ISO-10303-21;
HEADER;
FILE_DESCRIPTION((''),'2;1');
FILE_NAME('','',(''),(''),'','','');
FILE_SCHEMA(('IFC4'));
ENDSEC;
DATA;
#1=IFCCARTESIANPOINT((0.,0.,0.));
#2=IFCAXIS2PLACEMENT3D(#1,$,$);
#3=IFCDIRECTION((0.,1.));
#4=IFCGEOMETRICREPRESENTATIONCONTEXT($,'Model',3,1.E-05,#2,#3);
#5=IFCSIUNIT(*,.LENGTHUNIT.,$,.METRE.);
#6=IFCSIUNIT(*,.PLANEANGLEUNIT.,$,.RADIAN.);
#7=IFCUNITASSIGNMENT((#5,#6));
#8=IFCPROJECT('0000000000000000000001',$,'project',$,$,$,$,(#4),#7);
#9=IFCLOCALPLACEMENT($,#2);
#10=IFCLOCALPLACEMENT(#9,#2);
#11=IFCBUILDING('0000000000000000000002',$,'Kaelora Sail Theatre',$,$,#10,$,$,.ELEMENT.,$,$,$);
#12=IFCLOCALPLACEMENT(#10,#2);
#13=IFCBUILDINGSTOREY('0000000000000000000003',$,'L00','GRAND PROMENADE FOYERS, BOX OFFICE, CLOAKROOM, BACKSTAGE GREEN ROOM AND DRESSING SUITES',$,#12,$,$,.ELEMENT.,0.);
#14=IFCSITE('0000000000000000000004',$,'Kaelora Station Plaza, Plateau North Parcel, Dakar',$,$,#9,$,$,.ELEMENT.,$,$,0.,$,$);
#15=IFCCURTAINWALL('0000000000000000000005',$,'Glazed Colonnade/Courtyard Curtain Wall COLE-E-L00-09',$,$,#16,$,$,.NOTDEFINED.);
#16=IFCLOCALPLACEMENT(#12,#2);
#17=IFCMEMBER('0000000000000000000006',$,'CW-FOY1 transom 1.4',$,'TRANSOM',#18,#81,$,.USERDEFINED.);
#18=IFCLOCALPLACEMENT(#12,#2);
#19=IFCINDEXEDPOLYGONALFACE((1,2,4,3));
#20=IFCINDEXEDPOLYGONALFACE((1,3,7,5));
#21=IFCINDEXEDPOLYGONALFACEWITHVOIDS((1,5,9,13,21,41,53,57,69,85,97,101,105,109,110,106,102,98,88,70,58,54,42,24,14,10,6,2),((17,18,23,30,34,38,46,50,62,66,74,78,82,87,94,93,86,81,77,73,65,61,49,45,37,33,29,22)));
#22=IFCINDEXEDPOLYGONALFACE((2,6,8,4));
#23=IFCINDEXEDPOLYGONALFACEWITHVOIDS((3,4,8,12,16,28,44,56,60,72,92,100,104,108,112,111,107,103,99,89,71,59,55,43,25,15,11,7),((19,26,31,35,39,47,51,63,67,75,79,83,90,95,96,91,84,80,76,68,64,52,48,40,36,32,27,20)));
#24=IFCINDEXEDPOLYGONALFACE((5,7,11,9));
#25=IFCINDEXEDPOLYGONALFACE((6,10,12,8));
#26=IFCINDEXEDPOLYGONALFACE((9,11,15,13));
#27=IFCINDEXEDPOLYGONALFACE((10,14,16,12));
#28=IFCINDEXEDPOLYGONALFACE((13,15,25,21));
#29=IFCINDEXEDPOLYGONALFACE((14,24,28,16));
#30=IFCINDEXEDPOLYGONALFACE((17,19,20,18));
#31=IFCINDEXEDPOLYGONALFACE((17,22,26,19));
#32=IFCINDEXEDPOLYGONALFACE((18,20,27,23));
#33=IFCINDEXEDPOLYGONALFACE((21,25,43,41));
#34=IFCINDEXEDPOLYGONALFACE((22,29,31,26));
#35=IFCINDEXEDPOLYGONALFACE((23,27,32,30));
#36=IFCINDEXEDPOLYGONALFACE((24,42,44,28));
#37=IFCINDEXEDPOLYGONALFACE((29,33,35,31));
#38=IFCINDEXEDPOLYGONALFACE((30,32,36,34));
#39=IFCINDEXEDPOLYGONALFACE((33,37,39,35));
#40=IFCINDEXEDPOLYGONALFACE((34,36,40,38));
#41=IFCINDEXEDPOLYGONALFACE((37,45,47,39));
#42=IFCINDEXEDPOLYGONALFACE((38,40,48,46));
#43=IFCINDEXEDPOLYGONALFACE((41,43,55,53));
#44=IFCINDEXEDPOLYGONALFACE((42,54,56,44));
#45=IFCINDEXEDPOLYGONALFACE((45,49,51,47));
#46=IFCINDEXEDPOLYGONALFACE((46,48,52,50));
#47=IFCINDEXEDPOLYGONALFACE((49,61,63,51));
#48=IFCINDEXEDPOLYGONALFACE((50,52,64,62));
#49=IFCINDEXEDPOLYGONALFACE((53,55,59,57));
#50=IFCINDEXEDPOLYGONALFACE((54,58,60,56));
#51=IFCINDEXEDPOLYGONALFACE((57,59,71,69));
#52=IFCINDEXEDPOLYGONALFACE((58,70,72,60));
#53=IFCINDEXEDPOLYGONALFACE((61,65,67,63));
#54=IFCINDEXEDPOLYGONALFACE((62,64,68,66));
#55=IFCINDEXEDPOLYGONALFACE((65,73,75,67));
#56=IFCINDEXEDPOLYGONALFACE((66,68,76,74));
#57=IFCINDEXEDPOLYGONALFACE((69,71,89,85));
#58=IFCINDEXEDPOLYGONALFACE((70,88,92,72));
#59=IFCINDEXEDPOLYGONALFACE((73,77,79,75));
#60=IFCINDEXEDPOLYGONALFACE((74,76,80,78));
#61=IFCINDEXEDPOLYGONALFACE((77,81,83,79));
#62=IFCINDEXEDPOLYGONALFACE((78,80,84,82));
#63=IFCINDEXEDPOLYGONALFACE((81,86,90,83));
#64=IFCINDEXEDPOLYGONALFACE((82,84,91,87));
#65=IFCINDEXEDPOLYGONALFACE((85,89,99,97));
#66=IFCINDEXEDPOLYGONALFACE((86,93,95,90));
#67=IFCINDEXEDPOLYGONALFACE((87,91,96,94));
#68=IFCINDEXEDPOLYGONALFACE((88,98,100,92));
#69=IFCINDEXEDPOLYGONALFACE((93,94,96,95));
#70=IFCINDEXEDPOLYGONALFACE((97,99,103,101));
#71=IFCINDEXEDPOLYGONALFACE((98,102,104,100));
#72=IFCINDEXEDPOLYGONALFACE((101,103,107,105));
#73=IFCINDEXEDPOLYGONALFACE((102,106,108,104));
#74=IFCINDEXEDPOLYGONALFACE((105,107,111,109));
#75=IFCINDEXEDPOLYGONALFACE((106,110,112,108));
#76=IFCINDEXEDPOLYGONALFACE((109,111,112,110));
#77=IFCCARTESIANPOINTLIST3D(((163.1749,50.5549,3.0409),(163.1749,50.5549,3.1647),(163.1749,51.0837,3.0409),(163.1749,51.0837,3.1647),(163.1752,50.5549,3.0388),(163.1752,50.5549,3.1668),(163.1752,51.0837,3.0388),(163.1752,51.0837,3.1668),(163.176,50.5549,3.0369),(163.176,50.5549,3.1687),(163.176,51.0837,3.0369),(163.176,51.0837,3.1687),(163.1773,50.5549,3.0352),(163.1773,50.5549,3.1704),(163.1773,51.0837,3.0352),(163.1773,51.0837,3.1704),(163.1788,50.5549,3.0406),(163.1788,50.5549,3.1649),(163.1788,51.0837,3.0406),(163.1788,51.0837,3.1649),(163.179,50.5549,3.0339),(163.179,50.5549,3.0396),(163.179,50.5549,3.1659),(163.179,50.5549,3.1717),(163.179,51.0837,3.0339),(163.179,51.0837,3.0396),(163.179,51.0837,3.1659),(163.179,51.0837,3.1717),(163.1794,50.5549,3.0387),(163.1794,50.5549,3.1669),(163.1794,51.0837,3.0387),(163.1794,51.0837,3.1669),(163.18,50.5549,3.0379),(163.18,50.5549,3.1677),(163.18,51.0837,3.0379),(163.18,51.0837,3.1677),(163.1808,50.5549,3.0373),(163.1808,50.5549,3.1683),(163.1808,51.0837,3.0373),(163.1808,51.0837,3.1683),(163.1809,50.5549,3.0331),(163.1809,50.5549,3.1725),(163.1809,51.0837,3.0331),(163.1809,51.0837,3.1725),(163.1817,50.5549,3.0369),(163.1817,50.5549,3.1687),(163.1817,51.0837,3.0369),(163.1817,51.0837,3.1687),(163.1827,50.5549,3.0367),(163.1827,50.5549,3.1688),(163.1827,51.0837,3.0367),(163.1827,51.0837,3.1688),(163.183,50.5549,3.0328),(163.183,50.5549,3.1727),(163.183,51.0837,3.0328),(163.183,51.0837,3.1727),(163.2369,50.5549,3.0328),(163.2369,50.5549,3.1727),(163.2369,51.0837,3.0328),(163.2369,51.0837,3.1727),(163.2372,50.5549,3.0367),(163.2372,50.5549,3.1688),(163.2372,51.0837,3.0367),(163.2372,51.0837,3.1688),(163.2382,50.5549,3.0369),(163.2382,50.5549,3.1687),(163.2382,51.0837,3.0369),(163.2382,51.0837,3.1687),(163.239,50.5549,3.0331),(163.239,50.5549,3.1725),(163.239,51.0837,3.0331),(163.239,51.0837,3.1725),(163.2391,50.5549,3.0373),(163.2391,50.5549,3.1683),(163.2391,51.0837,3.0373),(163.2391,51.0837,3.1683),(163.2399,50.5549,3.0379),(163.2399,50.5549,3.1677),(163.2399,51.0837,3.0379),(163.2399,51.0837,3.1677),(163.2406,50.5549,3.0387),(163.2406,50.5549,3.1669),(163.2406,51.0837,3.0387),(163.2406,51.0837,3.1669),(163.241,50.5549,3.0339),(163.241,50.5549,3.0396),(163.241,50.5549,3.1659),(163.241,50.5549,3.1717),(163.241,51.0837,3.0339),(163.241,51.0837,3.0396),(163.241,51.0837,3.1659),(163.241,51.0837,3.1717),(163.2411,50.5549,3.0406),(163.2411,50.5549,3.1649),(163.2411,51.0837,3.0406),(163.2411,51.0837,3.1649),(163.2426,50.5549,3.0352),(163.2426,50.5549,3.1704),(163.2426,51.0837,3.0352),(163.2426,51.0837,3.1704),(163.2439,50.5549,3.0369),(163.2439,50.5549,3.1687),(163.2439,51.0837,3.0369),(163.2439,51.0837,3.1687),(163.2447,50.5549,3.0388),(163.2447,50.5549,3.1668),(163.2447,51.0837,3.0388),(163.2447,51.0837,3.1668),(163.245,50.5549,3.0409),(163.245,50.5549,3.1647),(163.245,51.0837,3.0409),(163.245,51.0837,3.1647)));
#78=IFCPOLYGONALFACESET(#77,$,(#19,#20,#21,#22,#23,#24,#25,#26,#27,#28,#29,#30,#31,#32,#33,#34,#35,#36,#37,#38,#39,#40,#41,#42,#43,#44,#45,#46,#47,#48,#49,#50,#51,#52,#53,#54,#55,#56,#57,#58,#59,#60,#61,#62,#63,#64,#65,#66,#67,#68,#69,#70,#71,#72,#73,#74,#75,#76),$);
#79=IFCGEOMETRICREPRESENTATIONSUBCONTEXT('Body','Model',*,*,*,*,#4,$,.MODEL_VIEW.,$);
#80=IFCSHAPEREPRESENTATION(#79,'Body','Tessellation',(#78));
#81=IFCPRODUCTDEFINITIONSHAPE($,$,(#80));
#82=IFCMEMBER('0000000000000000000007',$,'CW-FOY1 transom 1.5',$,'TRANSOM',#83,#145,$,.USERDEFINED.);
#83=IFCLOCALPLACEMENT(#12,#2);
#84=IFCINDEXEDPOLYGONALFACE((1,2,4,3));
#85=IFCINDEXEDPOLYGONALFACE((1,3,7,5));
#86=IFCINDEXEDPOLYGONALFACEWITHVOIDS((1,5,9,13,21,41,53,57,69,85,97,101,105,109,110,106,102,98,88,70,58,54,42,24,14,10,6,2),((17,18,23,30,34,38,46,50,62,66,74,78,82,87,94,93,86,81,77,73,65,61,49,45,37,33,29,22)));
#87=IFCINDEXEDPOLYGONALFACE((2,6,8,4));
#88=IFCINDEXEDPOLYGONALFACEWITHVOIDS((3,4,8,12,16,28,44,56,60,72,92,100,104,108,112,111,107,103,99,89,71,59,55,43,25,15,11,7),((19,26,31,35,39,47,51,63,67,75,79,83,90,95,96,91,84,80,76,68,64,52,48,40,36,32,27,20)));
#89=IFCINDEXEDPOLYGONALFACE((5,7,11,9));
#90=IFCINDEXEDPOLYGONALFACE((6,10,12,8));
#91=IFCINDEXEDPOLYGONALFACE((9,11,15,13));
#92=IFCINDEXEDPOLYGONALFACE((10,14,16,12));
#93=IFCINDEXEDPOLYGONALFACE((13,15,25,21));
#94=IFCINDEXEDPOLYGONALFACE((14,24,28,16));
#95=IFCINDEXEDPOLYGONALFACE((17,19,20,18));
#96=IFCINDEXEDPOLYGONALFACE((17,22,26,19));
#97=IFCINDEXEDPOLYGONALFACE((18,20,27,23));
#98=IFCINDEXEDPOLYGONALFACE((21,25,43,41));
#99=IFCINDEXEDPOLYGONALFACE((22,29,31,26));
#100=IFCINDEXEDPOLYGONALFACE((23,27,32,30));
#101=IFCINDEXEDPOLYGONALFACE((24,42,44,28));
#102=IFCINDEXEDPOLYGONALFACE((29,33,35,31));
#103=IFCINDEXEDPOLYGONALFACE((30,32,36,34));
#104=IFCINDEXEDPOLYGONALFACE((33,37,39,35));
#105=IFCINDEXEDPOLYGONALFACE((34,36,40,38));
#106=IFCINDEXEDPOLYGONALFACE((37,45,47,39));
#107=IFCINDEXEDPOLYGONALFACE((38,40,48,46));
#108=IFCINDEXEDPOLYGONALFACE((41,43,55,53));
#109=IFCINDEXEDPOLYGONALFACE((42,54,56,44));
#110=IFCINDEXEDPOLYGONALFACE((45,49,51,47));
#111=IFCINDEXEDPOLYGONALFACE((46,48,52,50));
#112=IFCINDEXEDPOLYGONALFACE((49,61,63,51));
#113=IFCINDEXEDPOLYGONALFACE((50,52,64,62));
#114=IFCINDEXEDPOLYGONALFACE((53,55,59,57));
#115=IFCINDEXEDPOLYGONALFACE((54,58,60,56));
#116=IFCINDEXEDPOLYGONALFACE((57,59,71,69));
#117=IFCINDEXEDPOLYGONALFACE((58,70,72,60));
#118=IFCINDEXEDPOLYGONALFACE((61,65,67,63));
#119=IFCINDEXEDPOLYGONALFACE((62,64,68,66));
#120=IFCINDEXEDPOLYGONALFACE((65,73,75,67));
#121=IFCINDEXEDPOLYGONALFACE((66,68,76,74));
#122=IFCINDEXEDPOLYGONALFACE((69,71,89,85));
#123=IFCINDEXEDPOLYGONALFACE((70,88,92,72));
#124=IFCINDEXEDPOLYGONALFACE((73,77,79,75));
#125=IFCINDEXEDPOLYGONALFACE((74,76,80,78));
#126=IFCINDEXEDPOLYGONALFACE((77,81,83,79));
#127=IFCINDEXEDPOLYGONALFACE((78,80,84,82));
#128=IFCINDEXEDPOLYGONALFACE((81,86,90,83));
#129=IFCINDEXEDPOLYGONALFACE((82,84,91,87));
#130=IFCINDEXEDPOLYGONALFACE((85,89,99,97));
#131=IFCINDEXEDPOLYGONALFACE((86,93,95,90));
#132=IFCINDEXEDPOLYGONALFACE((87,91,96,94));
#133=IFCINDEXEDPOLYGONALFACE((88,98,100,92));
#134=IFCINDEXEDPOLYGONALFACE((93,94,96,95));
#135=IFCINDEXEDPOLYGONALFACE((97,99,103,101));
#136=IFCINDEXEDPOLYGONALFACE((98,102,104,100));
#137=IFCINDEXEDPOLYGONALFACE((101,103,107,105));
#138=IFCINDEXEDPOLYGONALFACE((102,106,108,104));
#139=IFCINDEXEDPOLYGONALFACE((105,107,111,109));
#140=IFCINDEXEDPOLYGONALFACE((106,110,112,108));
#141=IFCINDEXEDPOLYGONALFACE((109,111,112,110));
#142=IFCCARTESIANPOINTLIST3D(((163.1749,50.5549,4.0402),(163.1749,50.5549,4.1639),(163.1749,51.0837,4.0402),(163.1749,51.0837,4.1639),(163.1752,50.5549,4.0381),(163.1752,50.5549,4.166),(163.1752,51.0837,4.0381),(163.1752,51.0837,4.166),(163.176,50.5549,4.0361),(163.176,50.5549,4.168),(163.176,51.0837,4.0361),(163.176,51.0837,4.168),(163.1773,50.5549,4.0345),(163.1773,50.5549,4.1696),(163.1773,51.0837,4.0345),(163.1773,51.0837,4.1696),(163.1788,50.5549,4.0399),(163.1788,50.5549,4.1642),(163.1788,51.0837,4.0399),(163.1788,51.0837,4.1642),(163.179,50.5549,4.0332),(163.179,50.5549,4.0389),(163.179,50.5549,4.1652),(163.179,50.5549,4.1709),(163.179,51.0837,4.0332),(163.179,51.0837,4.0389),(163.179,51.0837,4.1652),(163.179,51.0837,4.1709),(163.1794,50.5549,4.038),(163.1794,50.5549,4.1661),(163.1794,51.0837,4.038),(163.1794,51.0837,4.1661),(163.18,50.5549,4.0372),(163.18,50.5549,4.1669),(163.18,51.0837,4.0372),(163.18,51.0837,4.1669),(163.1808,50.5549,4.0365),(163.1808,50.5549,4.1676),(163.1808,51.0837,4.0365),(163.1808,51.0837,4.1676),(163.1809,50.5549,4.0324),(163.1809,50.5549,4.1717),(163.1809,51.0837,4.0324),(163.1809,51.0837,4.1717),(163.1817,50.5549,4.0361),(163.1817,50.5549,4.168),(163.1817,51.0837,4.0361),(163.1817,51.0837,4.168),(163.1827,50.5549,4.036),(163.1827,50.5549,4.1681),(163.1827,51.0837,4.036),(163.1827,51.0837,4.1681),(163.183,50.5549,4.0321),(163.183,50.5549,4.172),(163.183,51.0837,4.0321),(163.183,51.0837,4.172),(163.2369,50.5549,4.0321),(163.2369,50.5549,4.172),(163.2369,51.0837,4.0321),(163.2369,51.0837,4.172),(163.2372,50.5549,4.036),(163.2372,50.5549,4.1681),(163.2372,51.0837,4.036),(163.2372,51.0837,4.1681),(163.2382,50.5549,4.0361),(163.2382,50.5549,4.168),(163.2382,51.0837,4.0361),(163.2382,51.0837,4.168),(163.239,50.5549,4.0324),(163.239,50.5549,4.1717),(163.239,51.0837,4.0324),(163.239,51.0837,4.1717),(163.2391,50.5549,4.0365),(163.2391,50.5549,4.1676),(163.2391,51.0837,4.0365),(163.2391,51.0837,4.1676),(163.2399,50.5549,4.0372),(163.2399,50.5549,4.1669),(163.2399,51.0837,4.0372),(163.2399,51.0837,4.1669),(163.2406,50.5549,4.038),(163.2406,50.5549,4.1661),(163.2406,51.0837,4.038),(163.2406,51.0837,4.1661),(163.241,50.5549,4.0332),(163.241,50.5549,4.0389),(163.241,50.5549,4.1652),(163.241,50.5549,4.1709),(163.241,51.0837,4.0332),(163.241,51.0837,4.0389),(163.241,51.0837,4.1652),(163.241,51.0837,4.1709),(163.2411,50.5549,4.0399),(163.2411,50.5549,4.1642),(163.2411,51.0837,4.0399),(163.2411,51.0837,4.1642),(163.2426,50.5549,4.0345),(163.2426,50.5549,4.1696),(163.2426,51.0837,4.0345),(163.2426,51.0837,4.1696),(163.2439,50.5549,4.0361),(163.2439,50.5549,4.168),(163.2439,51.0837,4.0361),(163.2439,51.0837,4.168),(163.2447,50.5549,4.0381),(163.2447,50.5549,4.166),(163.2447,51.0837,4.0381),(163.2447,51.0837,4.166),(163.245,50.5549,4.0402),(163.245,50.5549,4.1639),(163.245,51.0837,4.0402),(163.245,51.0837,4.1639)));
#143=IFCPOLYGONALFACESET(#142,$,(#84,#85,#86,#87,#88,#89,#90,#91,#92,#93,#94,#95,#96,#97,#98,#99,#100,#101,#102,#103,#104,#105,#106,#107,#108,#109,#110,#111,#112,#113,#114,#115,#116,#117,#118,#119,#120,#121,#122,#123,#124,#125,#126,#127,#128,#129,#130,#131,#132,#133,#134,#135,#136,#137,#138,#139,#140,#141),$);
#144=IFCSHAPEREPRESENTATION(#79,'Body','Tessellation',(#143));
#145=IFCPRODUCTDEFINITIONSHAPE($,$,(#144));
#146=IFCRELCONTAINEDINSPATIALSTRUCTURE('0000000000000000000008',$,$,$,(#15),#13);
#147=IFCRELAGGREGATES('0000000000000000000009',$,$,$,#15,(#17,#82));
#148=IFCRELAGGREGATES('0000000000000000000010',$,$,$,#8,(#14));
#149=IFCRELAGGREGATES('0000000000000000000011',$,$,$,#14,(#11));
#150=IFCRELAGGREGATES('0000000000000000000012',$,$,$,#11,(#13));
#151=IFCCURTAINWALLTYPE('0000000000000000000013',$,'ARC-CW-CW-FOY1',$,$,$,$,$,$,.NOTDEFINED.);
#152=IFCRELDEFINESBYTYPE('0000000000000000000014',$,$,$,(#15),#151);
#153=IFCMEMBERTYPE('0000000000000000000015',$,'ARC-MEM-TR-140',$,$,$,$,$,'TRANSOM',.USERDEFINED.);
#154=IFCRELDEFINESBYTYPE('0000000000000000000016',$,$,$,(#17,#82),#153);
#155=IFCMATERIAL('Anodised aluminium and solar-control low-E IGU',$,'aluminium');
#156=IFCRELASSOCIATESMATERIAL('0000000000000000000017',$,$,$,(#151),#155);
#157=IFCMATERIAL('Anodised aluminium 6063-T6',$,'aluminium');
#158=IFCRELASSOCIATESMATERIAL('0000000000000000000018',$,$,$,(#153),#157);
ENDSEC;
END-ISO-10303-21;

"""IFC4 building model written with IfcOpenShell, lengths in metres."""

from ifc_helpers import new_model, si_unit, direction, frame, origin, origin_2d, place, context, subcontext, project, spatial, hollow_rectangle, extrude, material, material_profile, profile_set, type_object, element, aggregate, save


model = new_model("IFC4")

# Units and contexts
model_context = context("Model", 3, precision=1e-05, world=origin(), true_north=direction((0.0, 1.0)))
body_context = subcontext(model_context, "Body", "Model", "MODEL_VIEW")
ifc_project = project(units=[si_unit("LENGTHUNIT", "METRE"), si_unit("PLANEANGLEUNIT", "RADIAN")], contexts=[model_context])

# Site, building, storey
site_placement = place(None, origin())
site = spatial("IfcSite", under=ifc_project, at=site_placement, Name="Kaelora Station Plaza, Plateau North Parcel, Dakar", CompositionType="ELEMENT", RefElevation=0.0)
building_placement = place(site_placement, origin())
building = spatial("IfcBuilding", under=site, at=building_placement, Name="Kaelora Sail Theatre", CompositionType="ELEMENT")
storey_placement = place(building_placement, origin())
storey = spatial("IfcBuildingStorey", under=building, at=storey_placement, Name="L00", Description="GRAND PROMENADE FOYERS, BOX OFFICE, CLOAKROOM, BACKSTAGE GREEN ROOM AND DRESSING SUITES", CompositionType="ELEMENT", Elevation=0.0)

# Curtain wall, members
ifc_material_1 = material(Name="Anodised aluminium and solar-control low-E IGU", Category="aluminium")
curtain_wall_type = type_object("IfcCurtainWallType", Name="ARC-CW-CW-FOY1", PredefinedType="NOTDEFINED", material=ifc_material_1)
curtain_wall_placement = place(storey_placement, origin())
curtain_wall = element("IfcCurtainWall", 1, at=curtain_wall_placement, inside=storey, type_object=curtain_wall_type, Name="Glazed Colonnade/Courtyard Curtain Wall COLE-E-L00-09", PredefinedType="NOTDEFINED")
ifc_material_2 = material(Name="Anodised aluminium 6063-T6", Category="aluminium")
ifc_material_profile_1 = material_profile(ifc_material_2, hollow_rectangle(XDim=0.0701, YDim=0.1399, WallThickness=0.0039, InnerFilletRadius=0.0039, OuterFilletRadius=0.0081, at=origin_2d()), Name="ALU-TRAN 70x140x4")
ifc_profile_set_1 = profile_set([ifc_material_profile_1], Name="Anodised aluminium 6063-T6")
member_type_1 = type_object("IfcMemberType", Name="ARC-MEM-TR-140", ElementType="TRANSOM", PredefinedType="USERDEFINED", material=ifc_profile_set_1)
member_1_placement = place(storey_placement, frame((163.21, 50.5549, 3.1028), z_axis=(0.0, 1.0, 0.0), x_axis=(-1.0, 0.0, 0.0)))
member_1 = element("IfcMember", 2, at=member_1_placement, type_object=member_type_1, Name="CW-FOY1 transom 1.4", ObjectType="TRANSOM", PredefinedType="USERDEFINED", context=body_context, shape_type="SweptSolid", body=[
    extrude(hollow_rectangle(XDim=0.0701, YDim=0.1399, WallThickness=0.0039, InnerFilletRadius=0.0039, OuterFilletRadius=0.0081, at=origin_2d()), origin(), (0.0, 0.0, 1.0), 0.5288),
])
member_2_placement = place(storey_placement, frame((163.21, 50.5549, 4.1021), z_axis=(0.0, 1.0, 0.0), x_axis=(-1.0, 0.0, 0.0)))
member_2 = element("IfcMember", 3, at=member_2_placement, type_object=member_type_1, Name="CW-FOY1 transom 1.5", ObjectType="TRANSOM", PredefinedType="USERDEFINED", context=body_context, shape_type="SweptSolid", body=[
    extrude(hollow_rectangle(XDim=0.0701, YDim=0.1399, WallThickness=0.0039, InnerFilletRadius=0.0039, OuterFilletRadius=0.0081, at=origin_2d()), origin(), (0.0, 0.0, 1.0), 0.5288),
])
aggregate(curtain_wall, [member_1, member_2])

save(model, "model.ifc")
